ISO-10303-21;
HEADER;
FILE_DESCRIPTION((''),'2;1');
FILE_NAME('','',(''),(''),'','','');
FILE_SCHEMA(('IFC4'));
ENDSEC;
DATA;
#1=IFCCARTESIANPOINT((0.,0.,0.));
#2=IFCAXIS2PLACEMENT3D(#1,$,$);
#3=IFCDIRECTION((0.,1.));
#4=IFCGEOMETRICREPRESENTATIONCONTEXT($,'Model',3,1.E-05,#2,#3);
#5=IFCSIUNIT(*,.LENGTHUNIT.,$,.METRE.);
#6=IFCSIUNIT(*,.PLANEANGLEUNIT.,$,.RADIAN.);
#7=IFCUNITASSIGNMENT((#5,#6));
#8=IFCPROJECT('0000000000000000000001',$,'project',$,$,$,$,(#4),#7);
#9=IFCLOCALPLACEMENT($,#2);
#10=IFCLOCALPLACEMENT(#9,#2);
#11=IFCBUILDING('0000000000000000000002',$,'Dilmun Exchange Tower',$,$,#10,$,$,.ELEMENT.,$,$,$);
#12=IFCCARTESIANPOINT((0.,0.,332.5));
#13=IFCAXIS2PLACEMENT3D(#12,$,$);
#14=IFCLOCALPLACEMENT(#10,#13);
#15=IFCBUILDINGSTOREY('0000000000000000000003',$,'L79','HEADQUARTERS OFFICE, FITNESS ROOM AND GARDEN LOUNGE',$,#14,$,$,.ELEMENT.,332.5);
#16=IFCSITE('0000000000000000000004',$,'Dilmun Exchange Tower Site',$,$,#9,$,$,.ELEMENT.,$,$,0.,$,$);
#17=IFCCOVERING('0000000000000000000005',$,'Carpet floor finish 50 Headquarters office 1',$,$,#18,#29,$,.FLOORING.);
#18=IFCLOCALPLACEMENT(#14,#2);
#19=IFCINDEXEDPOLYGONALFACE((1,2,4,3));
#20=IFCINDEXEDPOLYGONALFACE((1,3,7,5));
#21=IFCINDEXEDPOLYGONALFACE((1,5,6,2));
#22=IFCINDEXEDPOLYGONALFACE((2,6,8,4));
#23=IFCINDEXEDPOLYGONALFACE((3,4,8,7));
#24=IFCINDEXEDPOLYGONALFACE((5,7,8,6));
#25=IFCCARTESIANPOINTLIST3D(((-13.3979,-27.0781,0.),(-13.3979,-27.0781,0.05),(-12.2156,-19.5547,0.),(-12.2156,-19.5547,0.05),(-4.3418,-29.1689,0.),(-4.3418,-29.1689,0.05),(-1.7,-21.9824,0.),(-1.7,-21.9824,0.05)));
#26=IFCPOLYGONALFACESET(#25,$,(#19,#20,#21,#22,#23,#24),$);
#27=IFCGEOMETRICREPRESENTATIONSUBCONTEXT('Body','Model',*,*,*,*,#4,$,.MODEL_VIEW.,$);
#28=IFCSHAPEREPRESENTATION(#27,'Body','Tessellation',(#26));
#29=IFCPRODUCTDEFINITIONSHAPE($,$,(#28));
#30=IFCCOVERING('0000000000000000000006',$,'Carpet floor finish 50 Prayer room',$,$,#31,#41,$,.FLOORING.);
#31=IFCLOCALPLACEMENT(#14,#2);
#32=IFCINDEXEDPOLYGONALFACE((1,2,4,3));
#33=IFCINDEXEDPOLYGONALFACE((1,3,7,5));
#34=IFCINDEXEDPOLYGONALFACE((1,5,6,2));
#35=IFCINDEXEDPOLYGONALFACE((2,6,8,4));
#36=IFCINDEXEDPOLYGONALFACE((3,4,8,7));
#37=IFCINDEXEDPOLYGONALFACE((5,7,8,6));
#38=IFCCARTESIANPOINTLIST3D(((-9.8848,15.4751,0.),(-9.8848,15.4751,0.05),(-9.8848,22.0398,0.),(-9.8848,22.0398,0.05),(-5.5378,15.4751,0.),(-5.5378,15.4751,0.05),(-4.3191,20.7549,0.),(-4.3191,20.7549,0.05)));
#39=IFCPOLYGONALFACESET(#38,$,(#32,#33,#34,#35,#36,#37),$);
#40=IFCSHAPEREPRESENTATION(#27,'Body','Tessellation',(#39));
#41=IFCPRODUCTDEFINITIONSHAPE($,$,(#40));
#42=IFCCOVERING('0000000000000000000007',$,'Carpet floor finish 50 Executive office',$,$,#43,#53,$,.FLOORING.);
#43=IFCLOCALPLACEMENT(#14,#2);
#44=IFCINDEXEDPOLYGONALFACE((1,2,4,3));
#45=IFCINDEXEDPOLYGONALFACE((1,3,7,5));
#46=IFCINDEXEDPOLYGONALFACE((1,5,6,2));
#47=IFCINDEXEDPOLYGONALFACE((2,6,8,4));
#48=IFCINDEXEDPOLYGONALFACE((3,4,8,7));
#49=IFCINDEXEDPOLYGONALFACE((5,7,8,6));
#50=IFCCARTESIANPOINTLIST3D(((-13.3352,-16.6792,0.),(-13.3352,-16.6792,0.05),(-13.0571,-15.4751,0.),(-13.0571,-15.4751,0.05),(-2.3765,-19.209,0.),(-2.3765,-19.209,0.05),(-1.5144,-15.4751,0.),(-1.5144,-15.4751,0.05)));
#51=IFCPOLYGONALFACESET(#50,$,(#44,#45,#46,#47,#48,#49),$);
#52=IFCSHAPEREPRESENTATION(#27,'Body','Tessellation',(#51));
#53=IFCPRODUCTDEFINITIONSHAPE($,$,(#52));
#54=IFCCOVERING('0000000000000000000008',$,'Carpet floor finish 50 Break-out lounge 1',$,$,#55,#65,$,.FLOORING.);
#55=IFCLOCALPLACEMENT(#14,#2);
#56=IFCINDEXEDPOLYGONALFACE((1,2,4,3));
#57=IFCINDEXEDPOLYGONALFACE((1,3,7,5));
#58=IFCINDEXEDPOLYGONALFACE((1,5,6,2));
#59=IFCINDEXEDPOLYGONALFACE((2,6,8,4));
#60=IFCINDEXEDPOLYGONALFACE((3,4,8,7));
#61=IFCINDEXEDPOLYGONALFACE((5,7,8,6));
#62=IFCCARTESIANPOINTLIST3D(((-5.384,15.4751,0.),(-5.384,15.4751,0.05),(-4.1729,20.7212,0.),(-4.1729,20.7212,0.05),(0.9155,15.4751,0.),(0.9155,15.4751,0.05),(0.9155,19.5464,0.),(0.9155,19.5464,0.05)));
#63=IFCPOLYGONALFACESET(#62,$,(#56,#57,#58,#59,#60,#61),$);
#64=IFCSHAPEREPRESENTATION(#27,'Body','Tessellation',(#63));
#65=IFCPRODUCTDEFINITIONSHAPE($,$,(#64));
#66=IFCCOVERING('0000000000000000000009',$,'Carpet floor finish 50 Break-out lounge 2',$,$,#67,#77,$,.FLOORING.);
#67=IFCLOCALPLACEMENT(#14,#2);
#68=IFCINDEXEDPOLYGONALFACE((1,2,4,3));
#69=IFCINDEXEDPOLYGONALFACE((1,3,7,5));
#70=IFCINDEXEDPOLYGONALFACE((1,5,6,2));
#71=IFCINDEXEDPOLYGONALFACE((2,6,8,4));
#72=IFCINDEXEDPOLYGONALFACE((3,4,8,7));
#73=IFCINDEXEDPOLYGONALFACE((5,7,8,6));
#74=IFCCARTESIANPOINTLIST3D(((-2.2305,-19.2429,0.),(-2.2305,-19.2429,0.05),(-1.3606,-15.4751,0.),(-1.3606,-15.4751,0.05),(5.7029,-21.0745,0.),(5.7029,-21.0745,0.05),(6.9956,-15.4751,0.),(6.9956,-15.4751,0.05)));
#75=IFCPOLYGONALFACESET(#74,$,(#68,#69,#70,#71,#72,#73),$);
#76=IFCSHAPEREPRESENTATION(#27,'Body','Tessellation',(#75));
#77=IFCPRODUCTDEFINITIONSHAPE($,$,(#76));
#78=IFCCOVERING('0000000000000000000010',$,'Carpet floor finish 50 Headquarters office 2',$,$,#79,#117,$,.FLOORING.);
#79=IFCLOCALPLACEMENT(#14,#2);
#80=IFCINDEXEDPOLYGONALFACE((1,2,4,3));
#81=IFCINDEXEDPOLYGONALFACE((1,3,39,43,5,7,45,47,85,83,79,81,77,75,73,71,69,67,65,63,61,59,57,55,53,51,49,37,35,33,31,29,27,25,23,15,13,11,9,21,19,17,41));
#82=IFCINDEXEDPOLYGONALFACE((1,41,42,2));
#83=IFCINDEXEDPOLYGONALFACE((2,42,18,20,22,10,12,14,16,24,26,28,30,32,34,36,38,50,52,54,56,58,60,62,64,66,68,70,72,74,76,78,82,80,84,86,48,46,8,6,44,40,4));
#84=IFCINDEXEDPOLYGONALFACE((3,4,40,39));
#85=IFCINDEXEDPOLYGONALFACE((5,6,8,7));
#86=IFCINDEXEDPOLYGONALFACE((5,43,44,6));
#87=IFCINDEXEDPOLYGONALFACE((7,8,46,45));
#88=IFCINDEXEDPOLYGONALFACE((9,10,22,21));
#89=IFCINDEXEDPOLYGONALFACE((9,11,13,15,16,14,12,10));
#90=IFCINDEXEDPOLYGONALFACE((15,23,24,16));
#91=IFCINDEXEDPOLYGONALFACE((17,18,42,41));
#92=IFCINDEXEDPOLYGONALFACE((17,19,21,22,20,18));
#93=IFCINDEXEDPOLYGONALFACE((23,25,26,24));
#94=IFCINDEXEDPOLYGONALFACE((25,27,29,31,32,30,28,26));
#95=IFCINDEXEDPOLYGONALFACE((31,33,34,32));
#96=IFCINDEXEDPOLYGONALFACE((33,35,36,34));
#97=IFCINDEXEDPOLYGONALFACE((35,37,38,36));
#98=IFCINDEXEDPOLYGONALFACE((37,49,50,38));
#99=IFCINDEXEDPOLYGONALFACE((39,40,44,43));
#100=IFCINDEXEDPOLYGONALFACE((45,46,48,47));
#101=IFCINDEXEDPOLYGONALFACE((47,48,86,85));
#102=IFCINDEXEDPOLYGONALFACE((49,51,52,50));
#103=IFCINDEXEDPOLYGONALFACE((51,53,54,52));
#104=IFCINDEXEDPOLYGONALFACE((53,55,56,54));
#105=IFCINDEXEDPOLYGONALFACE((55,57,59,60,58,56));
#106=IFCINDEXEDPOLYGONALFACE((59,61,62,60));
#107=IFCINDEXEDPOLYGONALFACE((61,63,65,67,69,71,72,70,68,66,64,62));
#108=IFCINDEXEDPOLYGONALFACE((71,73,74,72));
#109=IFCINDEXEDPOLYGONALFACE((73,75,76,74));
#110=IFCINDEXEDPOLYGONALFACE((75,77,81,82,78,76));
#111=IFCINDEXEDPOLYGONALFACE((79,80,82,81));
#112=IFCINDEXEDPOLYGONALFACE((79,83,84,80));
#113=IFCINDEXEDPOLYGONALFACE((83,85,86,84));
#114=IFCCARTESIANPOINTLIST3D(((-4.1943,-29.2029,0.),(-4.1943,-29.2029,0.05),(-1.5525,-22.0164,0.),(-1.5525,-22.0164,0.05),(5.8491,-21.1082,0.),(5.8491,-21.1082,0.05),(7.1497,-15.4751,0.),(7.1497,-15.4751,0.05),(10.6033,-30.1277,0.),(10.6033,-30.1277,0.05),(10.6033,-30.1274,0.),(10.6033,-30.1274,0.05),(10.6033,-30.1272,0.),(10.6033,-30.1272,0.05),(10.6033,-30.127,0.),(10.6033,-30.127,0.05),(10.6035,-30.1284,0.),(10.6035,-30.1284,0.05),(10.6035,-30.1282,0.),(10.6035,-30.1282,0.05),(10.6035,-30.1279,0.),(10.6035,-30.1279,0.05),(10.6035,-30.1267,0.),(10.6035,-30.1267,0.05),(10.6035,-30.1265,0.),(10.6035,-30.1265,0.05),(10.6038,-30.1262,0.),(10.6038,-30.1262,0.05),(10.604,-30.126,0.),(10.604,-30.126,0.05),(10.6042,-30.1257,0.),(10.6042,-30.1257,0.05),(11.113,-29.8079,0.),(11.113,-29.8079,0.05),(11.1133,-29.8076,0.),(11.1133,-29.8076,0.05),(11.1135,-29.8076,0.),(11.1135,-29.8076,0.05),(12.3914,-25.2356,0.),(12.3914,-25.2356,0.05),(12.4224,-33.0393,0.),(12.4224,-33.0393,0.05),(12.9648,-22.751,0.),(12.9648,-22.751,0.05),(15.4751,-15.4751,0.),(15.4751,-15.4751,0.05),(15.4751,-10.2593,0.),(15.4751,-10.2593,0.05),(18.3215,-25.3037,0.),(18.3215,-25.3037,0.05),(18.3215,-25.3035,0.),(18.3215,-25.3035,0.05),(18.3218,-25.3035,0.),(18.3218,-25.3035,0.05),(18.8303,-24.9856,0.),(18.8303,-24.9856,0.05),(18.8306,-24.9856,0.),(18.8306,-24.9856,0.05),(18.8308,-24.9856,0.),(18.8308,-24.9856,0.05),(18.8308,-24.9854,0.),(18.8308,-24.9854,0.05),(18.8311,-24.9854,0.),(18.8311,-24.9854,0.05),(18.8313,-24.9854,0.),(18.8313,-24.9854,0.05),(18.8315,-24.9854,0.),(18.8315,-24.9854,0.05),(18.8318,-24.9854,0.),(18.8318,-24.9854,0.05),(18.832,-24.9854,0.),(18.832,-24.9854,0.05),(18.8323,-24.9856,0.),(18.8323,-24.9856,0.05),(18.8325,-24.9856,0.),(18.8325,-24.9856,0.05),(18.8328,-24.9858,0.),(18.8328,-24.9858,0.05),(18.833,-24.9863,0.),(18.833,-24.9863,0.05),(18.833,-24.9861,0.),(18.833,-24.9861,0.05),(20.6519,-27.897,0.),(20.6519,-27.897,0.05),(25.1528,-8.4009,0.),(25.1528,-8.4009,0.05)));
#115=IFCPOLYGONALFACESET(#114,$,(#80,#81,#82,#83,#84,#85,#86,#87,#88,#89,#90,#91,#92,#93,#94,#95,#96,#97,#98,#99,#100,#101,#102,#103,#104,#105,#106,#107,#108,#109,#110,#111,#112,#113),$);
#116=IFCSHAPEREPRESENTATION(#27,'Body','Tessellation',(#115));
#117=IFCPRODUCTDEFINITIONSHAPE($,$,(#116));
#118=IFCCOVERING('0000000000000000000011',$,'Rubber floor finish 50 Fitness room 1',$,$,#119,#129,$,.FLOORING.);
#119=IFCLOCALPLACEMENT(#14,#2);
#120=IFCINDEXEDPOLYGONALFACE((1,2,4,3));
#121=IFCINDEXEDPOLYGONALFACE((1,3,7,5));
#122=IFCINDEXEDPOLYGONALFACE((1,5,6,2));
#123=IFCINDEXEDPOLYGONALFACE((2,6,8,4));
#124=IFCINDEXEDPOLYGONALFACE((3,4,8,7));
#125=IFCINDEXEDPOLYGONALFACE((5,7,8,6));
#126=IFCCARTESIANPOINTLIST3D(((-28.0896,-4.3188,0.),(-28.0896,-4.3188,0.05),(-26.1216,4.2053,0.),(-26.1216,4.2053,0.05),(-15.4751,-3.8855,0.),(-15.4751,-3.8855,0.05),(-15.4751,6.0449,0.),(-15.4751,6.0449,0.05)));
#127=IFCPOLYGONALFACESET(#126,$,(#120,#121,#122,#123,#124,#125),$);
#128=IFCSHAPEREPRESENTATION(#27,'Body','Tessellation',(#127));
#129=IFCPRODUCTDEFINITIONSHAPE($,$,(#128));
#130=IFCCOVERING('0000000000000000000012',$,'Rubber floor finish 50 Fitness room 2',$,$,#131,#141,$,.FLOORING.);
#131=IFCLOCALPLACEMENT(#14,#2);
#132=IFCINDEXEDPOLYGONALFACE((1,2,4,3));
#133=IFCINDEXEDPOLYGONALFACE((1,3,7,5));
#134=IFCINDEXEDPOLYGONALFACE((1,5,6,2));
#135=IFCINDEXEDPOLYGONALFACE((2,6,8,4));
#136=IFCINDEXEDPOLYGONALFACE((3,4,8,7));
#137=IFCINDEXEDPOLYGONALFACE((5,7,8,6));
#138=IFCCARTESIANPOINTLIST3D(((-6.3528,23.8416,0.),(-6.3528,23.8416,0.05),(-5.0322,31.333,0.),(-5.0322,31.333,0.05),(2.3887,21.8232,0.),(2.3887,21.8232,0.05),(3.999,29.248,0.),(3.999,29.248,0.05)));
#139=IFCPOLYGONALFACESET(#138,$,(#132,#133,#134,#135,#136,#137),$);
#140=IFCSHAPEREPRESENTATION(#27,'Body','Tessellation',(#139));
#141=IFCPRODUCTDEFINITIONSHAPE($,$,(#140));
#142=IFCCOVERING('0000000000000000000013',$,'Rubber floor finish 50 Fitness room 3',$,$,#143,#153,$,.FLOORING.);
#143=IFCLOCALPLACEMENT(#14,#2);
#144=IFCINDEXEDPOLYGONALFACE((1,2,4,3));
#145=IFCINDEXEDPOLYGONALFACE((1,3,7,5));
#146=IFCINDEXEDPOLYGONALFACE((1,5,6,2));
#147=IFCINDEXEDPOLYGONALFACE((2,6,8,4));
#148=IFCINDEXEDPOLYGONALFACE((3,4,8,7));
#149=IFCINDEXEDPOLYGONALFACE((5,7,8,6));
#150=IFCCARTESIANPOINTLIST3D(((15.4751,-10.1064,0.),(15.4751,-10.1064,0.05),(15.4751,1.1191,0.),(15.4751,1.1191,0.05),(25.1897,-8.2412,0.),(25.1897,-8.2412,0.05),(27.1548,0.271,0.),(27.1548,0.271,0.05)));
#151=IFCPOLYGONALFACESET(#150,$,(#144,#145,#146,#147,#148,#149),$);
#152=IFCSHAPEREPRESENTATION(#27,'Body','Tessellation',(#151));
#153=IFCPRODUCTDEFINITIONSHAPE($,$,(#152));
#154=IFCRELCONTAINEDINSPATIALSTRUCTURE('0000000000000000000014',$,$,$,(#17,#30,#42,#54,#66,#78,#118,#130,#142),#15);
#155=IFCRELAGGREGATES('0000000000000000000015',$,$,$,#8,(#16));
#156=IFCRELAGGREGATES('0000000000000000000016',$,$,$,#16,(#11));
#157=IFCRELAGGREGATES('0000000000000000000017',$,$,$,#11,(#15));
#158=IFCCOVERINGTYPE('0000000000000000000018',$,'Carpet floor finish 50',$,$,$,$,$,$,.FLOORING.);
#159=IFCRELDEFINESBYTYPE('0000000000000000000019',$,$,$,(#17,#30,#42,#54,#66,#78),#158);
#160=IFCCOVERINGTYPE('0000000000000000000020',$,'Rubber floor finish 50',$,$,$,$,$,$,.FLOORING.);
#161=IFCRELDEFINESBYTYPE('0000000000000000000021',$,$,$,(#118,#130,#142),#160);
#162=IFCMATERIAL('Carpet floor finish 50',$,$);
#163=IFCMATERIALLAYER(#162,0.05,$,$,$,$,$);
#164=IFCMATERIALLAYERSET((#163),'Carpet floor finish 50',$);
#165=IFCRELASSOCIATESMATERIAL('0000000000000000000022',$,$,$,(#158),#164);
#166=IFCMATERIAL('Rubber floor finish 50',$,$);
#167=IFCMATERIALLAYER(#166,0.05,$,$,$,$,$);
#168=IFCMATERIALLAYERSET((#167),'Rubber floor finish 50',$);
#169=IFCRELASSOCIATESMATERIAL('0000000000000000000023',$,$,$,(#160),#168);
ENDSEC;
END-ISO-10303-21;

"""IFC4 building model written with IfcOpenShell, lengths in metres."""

from ifc_helpers import new_model, si_unit, direction, frame, origin, place, context, subcontext, project, spatial, polyline, outline, extrude, material, layer, layer_set, type_object, element, save


model = new_model("IFC4")

# Units and contexts
model_context = context("Model", 3, precision=1e-05, world=origin(), true_north=direction((0.0, 1.0)))
body_context = subcontext(model_context, "Body", "Model", "MODEL_VIEW")
ifc_project = project(units=[si_unit("LENGTHUNIT", "METRE"), si_unit("PLANEANGLEUNIT", "RADIAN")], contexts=[model_context])

# Site, building, storey
site_placement = place(None, origin())
site = spatial("IfcSite", under=ifc_project, at=site_placement, Name="Dilmun Exchange Tower Site", CompositionType="ELEMENT", RefElevation=0.0)
building_placement = place(site_placement, origin())
building = spatial("IfcBuilding", under=site, at=building_placement, Name="Dilmun Exchange Tower", CompositionType="ELEMENT")
storey_placement = place(building_placement, frame((0.0, 0.0, 332.5)))
storey = spatial("IfcBuildingStorey", under=building, at=storey_placement, Name="L79", Description="HEADQUARTERS OFFICE, FITNESS ROOM AND GARDEN LOUNGE", CompositionType="ELEMENT", Elevation=332.5)

# Coverings
ifc_material_1 = material(Name="Carpet floor finish 50")
ifc_layer_1 = layer(ifc_material_1, 0.05)
ifc_layer_set_1 = layer_set([ifc_layer_1], Name="Carpet floor finish 50")
covering_type_1 = type_object("IfcCoveringType", Name="Carpet floor finish 50", PredefinedType="FLOORING", material=ifc_layer_set_1)
covering_1_placement = place(storey_placement, origin())
element("IfcCovering", 1, at=covering_1_placement, inside=storey, type_object=covering_type_1, Name="Carpet floor finish 50 Headquarters office 1", PredefinedType="FLOORING", context=body_context, shape_type="SweptSolid", body=[
    extrude(outline(polyline([(-12.2156, -19.5547), (-1.7, -21.9824), (-4.3418, -29.1689), (-13.3979, -27.0781), (-12.2156, -19.5547)])), origin(), (0.0, 0.0, 1.0), 0.05),
])
covering_2_placement = place(storey_placement, origin())
element("IfcCovering", 2, at=covering_2_placement, inside=storey, type_object=covering_type_1, Name="Carpet floor finish 50 Prayer room", PredefinedType="FLOORING", context=body_context, shape_type="SweptSolid", body=[
    extrude(outline(polyline([(-5.5378, 15.4751), (-9.8848, 15.4751), (-9.8848, 22.0398), (-4.3191, 20.7549), (-5.5378, 15.4751)])), origin(), (0.0, 0.0, 1.0), 0.05),
])
covering_3_placement = place(storey_placement, origin())
element("IfcCovering", 3, at=covering_3_placement, inside=storey, type_object=covering_type_1, Name="Carpet floor finish 50 Executive office", PredefinedType="FLOORING", context=body_context, shape_type="SweptSolid", body=[
    extrude(outline(polyline([(-13.3352, -16.6792), (-13.0571, -15.4751), (-1.5144, -15.4751), (-2.3765, -19.209), (-13.3352, -16.6792)])), origin(), (0.0, 0.0, 1.0), 0.05),
])
covering_4_placement = place(storey_placement, origin())
element("IfcCovering", 4, at=covering_4_placement, inside=storey, type_object=covering_type_1, Name="Carpet floor finish 50 Break-out lounge 1", PredefinedType="FLOORING", context=body_context, shape_type="SweptSolid", body=[
    extrude(outline(polyline([(0.9155, 15.4751), (-5.384, 15.4751), (-4.1729, 20.7212), (0.9155, 19.5464), (0.9155, 15.4751)])), origin(), (0.0, 0.0, 1.0), 0.05),
])
covering_5_placement = place(storey_placement, origin())
element("IfcCovering", 5, at=covering_5_placement, inside=storey, type_object=covering_type_1, Name="Carpet floor finish 50 Break-out lounge 2", PredefinedType="FLOORING", context=body_context, shape_type="SweptSolid", body=[
    extrude(outline(polyline([(-2.2305, -19.2429), (-1.3606, -15.4751), (6.9956, -15.4751), (5.7029, -21.0745), (-2.2305, -19.2429)])), origin(), (0.0, 0.0, 1.0), 0.05),
])
covering_6_placement = place(storey_placement, origin())
element("IfcCovering", 6, at=covering_6_placement, inside=storey, type_object=covering_type_1, Name="Carpet floor finish 50 Headquarters office 2", PredefinedType="FLOORING", context=body_context, shape_type="SweptSolid", body=[
    extrude(outline(polyline([(-1.5525, -22.0164), (12.3914, -25.2356), (12.9648, -22.751), (5.8491, -21.1082), (7.1497, -15.4751), (15.4751, -15.4751), (15.4751, -10.2593), (25.1528, -8.4009), (20.6519, -27.897), (18.833, -24.9863), (18.833, -24.9861), (18.833, -24.9861), (18.8328, -24.9858), (18.8325, -24.9856), (18.8325, -24.9856), (18.8323, -24.9856), (18.832, -24.9854), (18.8318, -24.9854), (18.8318, -24.9854), (18.8315, -24.9854), (18.8313, -24.9854), (18.8311, -24.9854), (18.8308, -24.9854), (18.8308, -24.9856), (18.8306, -24.9856), (18.8303, -24.9856), (18.3218, -25.3035), (18.3215, -25.3035), (18.3215, -25.3037), (11.1135, -29.8076), (11.1133, -29.8076), (11.1133, -29.8076), (11.113, -29.8079), (10.6042, -30.1257), (10.604, -30.126), (10.604, -30.126), (10.6038, -30.1262), (10.6038, -30.1262), (10.6035, -30.1265), (10.6035, -30.1267), (10.6035, -30.1267), (10.6033, -30.127), (10.6033, -30.1272), (10.6033, -30.1274), (10.6033, -30.1277), (10.6033, -30.1277), (10.6035, -30.1279), (10.6035, -30.1282), (10.6035, -30.1284), (10.6035, -30.1284), (12.4224, -33.0393), (-4.1943, -29.2029), (-1.5525, -22.0164)])), origin(), (0.0, 0.0, 1.0), 0.05),
])
ifc_material_2 = material(Name="Rubber floor finish 50")
ifc_layer_2 = layer(ifc_material_2, 0.05)
ifc_layer_set_2 = layer_set([ifc_layer_2], Name="Rubber floor finish 50")
covering_type_2 = type_object("IfcCoveringType", Name="Rubber floor finish 50", PredefinedType="FLOORING", material=ifc_layer_set_2)
covering_7_placement = place(storey_placement, origin())
element("IfcCovering", 7, at=covering_7_placement, inside=storey, type_object=covering_type_2, Name="Rubber floor finish 50 Fitness room 1", PredefinedType="FLOORING", context=body_context, shape_type="SweptSolid", body=[
    extrude(outline(polyline([(-15.4751, 6.0449), (-15.4751, -3.8855), (-28.0896, -4.3188), (-26.1216, 4.2053), (-15.4751, 6.0449)])), origin(), (0.0, 0.0, 1.0), 0.05),
])
covering_8_placement = place(storey_placement, origin())
element("IfcCovering", 8, at=covering_8_placement, inside=storey, type_object=covering_type_2, Name="Rubber floor finish 50 Fitness room 2", PredefinedType="FLOORING", context=body_context, shape_type="SweptSolid", body=[
    extrude(outline(polyline([(2.3887, 21.8232), (-6.3528, 23.8416), (-5.0322, 31.333), (3.999, 29.248), (2.3887, 21.8232)])), origin(), (0.0, 0.0, 1.0), 0.05),
])
covering_9_placement = place(storey_placement, origin())
element("IfcCovering", 9, at=covering_9_placement, inside=storey, type_object=covering_type_2, Name="Rubber floor finish 50 Fitness room 3", PredefinedType="FLOORING", context=body_context, shape_type="SweptSolid", body=[
    extrude(outline(polyline([(15.4751, -10.1064), (15.4751, 1.1191), (27.1548, 0.271), (25.1897, -8.2412), (15.4751, -10.1064)])), origin(), (0.0, 0.0, 1.0), 0.05),
])

save(model, "model.ifc")
